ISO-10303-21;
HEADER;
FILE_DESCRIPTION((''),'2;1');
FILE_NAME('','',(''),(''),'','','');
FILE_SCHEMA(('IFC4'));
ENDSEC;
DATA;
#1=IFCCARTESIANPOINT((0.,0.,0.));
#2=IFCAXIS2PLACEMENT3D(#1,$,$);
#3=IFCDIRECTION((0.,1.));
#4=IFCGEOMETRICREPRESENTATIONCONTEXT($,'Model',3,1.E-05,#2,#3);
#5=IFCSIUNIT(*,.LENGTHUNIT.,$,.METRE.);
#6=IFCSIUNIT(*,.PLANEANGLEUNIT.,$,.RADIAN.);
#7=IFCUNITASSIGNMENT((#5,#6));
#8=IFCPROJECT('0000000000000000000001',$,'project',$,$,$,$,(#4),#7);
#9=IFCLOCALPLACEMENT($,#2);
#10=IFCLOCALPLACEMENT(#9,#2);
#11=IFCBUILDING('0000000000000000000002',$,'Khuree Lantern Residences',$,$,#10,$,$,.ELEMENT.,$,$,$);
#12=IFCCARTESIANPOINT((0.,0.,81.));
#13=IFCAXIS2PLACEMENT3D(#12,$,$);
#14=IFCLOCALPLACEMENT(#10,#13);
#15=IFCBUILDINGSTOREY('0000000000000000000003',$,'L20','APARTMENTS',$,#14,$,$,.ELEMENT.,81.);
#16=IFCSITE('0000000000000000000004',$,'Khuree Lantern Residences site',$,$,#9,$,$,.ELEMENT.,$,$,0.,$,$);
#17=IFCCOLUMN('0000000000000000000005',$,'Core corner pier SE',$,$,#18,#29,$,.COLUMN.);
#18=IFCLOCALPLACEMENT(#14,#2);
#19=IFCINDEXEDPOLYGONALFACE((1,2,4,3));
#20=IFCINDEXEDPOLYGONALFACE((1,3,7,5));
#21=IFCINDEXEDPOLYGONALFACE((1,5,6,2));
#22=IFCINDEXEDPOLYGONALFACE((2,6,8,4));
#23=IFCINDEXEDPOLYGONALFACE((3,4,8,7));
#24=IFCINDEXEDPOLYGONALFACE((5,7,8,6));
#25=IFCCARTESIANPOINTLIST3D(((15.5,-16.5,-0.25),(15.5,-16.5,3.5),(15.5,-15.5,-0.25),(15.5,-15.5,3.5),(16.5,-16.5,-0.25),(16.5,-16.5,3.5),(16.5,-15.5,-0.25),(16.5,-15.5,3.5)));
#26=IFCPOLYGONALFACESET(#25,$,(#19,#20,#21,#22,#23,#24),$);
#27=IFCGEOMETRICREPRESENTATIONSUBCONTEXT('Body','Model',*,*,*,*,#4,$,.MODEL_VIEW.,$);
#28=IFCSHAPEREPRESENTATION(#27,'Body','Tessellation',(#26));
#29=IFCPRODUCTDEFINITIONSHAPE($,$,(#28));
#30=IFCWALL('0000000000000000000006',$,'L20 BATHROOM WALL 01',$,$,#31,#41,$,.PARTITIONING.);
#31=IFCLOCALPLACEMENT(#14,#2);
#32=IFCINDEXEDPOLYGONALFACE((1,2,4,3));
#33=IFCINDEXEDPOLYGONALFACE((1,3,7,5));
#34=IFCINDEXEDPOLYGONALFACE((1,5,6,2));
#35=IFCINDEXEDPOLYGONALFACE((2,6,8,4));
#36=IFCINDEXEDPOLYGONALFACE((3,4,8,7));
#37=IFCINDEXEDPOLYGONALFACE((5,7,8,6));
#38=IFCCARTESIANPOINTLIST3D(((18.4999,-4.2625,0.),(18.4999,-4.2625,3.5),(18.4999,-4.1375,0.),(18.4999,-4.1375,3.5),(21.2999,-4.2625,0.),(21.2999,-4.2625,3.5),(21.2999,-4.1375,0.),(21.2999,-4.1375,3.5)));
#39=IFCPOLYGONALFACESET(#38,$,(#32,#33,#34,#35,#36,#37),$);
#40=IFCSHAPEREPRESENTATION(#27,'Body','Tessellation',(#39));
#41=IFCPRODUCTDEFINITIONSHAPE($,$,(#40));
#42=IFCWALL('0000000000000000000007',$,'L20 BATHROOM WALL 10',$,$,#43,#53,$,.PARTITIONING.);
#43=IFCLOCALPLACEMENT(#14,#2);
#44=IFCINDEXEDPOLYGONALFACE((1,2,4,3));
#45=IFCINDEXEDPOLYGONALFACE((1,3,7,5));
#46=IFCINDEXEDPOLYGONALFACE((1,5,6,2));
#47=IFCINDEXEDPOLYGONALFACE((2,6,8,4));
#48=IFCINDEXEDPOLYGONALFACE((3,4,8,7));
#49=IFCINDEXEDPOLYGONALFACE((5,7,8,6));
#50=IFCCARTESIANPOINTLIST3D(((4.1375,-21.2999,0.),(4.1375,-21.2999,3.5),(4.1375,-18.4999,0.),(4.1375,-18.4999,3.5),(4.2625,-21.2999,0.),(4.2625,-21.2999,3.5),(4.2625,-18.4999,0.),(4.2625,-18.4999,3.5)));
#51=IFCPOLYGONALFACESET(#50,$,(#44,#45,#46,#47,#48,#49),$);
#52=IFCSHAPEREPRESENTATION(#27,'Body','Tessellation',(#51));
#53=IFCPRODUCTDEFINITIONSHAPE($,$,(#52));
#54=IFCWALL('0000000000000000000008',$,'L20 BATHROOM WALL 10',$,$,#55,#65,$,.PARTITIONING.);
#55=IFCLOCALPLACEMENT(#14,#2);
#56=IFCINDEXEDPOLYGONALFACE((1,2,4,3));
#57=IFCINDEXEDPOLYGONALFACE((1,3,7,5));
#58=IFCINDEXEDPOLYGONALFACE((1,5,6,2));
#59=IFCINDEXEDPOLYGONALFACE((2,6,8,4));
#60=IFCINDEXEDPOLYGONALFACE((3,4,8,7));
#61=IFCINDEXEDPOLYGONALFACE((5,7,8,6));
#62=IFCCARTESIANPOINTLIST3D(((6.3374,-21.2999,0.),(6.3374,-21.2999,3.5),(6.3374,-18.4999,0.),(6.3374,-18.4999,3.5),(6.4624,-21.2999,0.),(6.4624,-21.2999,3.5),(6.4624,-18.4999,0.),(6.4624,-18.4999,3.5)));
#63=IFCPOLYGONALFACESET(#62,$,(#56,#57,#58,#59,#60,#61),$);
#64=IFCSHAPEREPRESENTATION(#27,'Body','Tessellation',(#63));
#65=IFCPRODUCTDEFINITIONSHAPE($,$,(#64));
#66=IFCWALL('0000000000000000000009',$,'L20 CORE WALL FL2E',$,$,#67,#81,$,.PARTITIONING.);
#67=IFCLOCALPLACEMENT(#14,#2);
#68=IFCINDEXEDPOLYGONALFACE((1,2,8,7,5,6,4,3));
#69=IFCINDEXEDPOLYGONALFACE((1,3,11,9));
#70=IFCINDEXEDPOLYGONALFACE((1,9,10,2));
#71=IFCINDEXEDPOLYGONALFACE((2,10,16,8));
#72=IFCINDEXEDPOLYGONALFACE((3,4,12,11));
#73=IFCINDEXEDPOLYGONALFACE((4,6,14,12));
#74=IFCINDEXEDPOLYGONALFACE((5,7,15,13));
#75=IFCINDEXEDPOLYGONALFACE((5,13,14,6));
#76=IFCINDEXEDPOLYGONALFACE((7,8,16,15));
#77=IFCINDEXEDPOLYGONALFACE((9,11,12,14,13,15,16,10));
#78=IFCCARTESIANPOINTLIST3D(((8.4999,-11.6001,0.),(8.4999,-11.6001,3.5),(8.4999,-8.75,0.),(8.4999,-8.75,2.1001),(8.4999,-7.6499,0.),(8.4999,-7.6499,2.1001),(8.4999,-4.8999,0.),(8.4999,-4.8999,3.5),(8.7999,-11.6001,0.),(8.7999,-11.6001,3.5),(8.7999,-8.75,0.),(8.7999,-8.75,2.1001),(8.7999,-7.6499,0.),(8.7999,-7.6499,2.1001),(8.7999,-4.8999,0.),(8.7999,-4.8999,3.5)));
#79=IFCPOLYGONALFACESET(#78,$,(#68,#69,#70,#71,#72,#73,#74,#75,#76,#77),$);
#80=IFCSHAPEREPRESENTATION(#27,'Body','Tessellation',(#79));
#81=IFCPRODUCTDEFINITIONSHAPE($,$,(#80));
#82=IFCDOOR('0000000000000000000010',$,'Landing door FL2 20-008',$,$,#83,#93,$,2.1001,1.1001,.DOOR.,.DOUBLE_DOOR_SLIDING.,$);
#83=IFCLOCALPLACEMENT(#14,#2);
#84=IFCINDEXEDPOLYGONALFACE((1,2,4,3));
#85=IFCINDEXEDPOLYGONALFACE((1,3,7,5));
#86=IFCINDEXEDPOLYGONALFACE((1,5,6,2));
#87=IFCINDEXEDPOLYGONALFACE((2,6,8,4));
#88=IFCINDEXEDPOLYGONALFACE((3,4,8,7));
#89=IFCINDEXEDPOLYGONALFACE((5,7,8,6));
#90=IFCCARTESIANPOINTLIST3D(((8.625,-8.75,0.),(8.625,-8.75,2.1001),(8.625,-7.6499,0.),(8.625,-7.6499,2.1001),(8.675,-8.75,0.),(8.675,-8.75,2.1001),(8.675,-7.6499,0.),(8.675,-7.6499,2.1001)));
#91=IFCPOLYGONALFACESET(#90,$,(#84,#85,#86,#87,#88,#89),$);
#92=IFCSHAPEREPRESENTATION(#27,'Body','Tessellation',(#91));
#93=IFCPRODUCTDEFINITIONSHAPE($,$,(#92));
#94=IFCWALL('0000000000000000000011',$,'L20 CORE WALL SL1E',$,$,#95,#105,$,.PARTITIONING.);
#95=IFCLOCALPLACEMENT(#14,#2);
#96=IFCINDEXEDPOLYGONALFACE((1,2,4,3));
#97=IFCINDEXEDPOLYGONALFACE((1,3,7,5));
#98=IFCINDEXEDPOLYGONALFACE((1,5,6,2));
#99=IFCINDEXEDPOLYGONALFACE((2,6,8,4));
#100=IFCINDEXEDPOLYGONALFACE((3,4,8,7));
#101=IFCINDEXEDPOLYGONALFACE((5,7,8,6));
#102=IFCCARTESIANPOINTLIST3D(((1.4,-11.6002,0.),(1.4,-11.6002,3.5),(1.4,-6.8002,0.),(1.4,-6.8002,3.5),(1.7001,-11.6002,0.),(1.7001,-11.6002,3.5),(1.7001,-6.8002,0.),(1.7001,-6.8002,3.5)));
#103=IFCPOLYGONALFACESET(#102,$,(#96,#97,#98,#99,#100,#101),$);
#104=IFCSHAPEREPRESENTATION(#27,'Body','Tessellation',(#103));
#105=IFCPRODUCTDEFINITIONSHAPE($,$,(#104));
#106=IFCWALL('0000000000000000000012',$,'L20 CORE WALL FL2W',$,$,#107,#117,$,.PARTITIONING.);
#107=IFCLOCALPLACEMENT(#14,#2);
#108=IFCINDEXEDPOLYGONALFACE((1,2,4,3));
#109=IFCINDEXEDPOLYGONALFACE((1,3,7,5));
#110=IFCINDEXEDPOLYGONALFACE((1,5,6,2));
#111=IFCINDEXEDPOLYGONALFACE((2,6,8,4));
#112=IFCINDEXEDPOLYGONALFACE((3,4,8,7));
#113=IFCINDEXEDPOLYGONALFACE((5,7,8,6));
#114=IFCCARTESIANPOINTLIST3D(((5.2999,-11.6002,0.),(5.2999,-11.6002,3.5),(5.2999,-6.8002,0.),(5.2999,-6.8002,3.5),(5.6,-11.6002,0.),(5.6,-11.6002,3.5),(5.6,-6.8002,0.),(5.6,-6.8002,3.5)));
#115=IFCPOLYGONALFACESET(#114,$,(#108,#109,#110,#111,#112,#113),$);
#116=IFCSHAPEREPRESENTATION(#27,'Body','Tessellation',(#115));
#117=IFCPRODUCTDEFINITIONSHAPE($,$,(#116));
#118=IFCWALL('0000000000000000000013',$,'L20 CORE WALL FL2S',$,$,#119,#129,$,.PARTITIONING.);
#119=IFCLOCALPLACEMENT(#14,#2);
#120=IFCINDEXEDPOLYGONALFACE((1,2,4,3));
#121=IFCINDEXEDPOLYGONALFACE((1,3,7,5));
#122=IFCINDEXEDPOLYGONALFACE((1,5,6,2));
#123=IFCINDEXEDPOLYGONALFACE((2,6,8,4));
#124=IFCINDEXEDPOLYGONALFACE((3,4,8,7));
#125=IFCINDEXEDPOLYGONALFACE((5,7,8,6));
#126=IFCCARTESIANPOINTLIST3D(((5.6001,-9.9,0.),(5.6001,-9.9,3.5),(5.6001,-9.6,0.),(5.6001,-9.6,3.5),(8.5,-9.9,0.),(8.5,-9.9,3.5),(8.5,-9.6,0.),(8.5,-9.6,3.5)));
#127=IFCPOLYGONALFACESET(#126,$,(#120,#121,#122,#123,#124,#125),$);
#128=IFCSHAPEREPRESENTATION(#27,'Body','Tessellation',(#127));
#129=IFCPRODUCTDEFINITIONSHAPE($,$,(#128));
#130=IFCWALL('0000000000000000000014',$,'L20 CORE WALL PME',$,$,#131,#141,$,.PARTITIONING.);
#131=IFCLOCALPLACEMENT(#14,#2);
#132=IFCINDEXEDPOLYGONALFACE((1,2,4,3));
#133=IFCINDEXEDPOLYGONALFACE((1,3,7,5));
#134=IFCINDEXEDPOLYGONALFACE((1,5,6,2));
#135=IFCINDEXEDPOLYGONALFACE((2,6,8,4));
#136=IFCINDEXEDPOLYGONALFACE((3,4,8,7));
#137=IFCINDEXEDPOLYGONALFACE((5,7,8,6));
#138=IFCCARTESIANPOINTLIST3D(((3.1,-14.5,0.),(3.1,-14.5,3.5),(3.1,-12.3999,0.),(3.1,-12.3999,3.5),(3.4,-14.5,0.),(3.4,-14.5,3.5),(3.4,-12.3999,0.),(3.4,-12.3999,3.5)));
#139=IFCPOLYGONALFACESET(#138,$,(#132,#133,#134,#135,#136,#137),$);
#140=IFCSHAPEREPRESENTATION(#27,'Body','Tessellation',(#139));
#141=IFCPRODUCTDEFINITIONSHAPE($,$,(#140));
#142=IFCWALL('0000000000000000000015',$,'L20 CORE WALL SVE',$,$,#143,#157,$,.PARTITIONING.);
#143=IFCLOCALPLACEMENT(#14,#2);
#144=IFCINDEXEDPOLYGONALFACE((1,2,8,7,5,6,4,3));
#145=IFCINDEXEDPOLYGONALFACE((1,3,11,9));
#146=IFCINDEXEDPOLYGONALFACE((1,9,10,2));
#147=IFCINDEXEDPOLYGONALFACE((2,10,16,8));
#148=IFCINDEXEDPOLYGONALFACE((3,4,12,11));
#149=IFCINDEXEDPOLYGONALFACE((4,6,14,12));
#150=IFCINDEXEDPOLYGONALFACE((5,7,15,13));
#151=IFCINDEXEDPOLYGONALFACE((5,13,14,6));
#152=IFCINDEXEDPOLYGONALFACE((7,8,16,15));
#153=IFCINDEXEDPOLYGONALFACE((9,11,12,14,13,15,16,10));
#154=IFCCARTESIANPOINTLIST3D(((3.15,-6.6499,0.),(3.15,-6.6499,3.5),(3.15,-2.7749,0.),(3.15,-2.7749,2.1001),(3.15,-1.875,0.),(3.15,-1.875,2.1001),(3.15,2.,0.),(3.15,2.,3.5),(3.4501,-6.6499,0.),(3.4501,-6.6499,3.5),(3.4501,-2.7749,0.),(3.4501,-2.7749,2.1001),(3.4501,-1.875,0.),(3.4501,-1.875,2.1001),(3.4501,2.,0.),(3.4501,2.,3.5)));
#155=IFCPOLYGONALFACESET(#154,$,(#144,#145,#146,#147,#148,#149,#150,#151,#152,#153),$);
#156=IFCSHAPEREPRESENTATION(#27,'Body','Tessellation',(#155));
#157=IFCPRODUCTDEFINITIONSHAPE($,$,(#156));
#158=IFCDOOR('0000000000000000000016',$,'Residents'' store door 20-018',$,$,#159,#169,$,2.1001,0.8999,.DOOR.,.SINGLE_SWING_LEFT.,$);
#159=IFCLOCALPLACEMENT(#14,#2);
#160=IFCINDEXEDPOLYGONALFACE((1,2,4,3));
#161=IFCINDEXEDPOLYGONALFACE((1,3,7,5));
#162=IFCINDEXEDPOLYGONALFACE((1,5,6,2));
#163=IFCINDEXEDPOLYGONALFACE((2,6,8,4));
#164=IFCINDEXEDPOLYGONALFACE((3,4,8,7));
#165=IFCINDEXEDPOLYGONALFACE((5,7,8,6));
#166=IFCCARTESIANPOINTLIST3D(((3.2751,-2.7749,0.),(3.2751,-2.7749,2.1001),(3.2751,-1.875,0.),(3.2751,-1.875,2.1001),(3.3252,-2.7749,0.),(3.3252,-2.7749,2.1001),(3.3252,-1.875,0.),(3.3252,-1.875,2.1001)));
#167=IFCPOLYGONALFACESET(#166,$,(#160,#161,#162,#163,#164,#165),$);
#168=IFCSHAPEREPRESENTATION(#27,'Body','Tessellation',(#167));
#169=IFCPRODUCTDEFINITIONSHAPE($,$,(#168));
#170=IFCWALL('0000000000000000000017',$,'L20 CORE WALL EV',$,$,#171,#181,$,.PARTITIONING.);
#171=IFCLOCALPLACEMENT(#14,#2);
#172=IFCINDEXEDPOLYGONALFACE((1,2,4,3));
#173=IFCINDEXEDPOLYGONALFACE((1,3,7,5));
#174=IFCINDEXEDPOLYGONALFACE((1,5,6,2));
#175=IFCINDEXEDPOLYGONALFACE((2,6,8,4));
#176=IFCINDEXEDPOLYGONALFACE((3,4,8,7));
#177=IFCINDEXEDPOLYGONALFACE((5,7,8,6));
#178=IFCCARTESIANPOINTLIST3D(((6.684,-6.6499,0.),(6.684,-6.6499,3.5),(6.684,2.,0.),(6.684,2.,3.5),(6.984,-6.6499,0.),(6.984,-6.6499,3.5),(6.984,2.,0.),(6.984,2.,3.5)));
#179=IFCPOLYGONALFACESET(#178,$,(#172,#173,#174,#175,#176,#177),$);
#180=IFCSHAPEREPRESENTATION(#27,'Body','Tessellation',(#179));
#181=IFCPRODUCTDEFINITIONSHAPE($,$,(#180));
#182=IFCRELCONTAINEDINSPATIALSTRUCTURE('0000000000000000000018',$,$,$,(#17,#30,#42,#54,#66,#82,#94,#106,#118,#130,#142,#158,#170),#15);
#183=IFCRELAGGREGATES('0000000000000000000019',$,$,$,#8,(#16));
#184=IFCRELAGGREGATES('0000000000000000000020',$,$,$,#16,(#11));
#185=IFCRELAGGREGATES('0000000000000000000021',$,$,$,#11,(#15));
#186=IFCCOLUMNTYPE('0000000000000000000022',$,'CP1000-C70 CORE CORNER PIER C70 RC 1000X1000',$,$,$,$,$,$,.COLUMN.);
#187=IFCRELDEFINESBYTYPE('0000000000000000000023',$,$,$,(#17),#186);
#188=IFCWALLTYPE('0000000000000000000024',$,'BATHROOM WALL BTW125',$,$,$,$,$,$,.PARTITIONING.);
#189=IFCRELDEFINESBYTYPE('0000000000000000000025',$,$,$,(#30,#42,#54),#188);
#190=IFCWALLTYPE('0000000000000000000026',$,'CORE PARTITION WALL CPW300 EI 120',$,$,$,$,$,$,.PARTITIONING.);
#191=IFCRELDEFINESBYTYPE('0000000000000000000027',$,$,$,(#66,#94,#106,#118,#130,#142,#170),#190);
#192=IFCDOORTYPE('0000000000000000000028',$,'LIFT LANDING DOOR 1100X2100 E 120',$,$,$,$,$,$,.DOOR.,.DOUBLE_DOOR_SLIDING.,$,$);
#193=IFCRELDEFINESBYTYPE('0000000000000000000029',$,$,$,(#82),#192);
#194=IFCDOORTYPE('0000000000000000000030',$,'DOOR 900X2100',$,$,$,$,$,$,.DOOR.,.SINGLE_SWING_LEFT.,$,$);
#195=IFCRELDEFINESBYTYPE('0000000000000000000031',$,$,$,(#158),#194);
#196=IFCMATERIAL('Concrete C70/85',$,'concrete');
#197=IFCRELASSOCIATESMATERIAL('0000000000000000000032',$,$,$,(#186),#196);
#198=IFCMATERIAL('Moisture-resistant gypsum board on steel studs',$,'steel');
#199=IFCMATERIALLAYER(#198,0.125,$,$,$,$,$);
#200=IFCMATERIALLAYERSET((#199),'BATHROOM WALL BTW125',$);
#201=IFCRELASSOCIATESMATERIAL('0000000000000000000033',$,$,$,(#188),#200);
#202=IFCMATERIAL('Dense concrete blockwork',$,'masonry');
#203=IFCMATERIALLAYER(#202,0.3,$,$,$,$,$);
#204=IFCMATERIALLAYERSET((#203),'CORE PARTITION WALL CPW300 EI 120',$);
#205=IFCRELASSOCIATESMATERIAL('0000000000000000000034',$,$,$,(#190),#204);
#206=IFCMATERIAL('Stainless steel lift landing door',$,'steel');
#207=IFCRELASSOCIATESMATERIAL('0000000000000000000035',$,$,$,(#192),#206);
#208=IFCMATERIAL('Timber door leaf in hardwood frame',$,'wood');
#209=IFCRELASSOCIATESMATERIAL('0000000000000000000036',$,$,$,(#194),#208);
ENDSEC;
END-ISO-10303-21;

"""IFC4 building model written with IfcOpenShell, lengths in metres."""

from ifc_helpers import new_model, si_unit, direction, frame, frame_2d, origin, origin_2d, place, context, subcontext, project, spatial, rectangle, extrude, material, layer, layer_set, material_profile, profile_set, type_object, element, fill, save


model = new_model("IFC4")

# Units and contexts
model_context = context("Model", 3, precision=1e-05, world=origin(), true_north=direction((0.0, 1.0)))
body_context = subcontext(model_context, "Body", "Model", "MODEL_VIEW")
ifc_project = project(units=[si_unit("LENGTHUNIT", "METRE"), si_unit("PLANEANGLEUNIT", "RADIAN")], contexts=[model_context])

# Site, building, storey
site_placement = place(None, origin())
site = spatial("IfcSite", under=ifc_project, at=site_placement, Name="Khuree Lantern Residences site", CompositionType="ELEMENT", RefElevation=0.0)
building_placement = place(site_placement, origin())
building = spatial("IfcBuilding", under=site, at=building_placement, Name="Khuree Lantern Residences", CompositionType="ELEMENT")
storey_placement = place(building_placement, frame((0.0, 0.0, 81.0)))
storey = spatial("IfcBuildingStorey", under=building, at=storey_placement, Name="L20", Description="APARTMENTS", CompositionType="ELEMENT", Elevation=81.0)

# Column
ifc_material_1 = material(Name="Concrete C70/85", Category="concrete")
ifc_material_profile = material_profile(ifc_material_1, rectangle(XDim=1.0, YDim=1.0, at=origin_2d()), Name="RC 1000X1000")
ifc_profile_set = profile_set([ifc_material_profile], Name="Concrete C70/85")
column_type = type_object("IfcColumnType", Name="CP1000-C70 CORE CORNER PIER C70 RC 1000X1000", PredefinedType="COLUMN", material=ifc_profile_set)
column_placement = place(storey_placement, frame((16.0, -16.0, -0.25), z_axis=(0.0, 0.0, 1.0), x_axis=(1.0, 0.0, 0.0)))
element("IfcColumn", 1, at=column_placement, inside=storey, type_object=column_type, Name="Core corner pier SE", PredefinedType="COLUMN", context=body_context, shape_type="SweptSolid", body=[
    extrude(rectangle(XDim=1.0, YDim=1.0, at=origin_2d()), origin(), (0.0, 0.0, 1.0), 3.75),
])

# Walls
ifc_material_2 = material(Name="Moisture-resistant gypsum board on steel studs", Category="steel")
ifc_layer_1 = layer(ifc_material_2, 0.125)
ifc_layer_set_1 = layer_set([ifc_layer_1], Name="BATHROOM WALL BTW125")
wall_type_1 = type_object("IfcWallType", Name="BATHROOM WALL BTW125", PredefinedType="PARTITIONING", material=ifc_layer_set_1)
for number, where, z_axis, x_axis, name in (
    (2, (18.5, -4.2, 0.0), (0.0, 0.0, 1.0), (1.0, 0.0, 0.0), "L20 BATHROOM WALL 01"),
    (3, (4.2, -18.5, 0.0), (0.0, 0.0, 1.0), (0.0, -1.0, 0.0), "L20 BATHROOM WALL 10"),
    (4, (6.3999, -18.5, 0.0), (0.0, 0.0, 1.0), (0.0, -1.0, 0.0), "L20 BATHROOM WALL 10"),
):
    element("IfcWall", number, at=place(storey_placement, frame(where, z_axis=z_axis, x_axis=x_axis)), inside=storey, type_object=wall_type_1, Name=name, PredefinedType="PARTITIONING", context=body_context, shape_type="SweptSolid", body=[
        extrude(rectangle(XDim=2.8, YDim=0.125, at=frame_2d((1.3999, 0.0))), origin(), (0.0, 0.0, 1.0), 3.5),
    ])

# Wall, opening, door
ifc_material_3 = material(Name="Dense concrete blockwork", Category="masonry")
ifc_layer_2 = layer(ifc_material_3, 0.3)
ifc_layer_set_2 = layer_set([ifc_layer_2], Name="CORE PARTITION WALL CPW300 EI 120")
wall_type_2 = type_object("IfcWallType", Name="CORE PARTITION WALL CPW300 EI 120", PredefinedType="PARTITIONING", material=ifc_layer_set_2)
wall_1_placement = place(storey_placement, frame((8.6499, -11.6001, 0.0), z_axis=(0.0, 0.0, 1.0), x_axis=(0.0, 1.0, 0.0)))
wall_1 = element("IfcWall", 5, at=wall_1_placement, inside=storey, type_object=wall_type_2, Name="L20 CORE WALL FL2E", PredefinedType="PARTITIONING", context=body_context, shape_type="SweptSolid", body=[
    extrude(rectangle(XDim=6.7002, YDim=0.3, at=frame_2d((3.3501, 0.0))), origin(), (0.0, 0.0, 1.0), 3.5),
])
opening_1_placement = place(wall_1_placement, frame((2.8501, 0.0, 0.0)))
opening_1 = element("IfcOpeningElement", 6, at=opening_1_placement, cuts=wall_1, PredefinedType="OPENING", context=body_context, shape_type="SweptSolid", body=[
    extrude(rectangle(XDim=1.1001, YDim=2.1001, at=frame_2d((0.55, 1.05))), frame((0.0, 0.1602, 0.0), z_axis=(0.0, -1.0, 0.0), x_axis=(1.0, 0.0, 0.0)), (0.0, 0.0, 1.0), 0.3201),
])
ifc_material_4 = material(Name="Stainless steel lift landing door", Category="steel")
door_type_1 = type_object("IfcDoorType", Name="LIFT LANDING DOOR 1100X2100 E 120", OperationType="DOUBLE_DOOR_SLIDING", PredefinedType="DOOR", material=ifc_material_4)
door_1_placement = place(opening_1_placement, origin())
door_1 = element("IfcDoor", 7, at=door_1_placement, inside=storey, type_object=door_type_1, Name="Landing door FL2 20-008", OperationType="DOUBLE_DOOR_SLIDING", OverallHeight=2.1001, OverallWidth=1.1001, PredefinedType="DOOR", context=body_context, shape_type="SweptSolid", body=[
    extrude(rectangle(XDim=1.1001, YDim=2.1001, at=frame_2d((0.55, 1.05))), frame((0.0, 0.0249, 0.0), z_axis=(0.0, -1.0, 0.0), x_axis=(1.0, 0.0, 0.0)), (0.0, 0.0, 1.0), 0.05),
])
fill(opening_1, door_1)

# Walls
for number, where, z_axis, x_axis, name in (
    (8, (1.55, -11.6001, 0.0), (0.0, 0.0, 1.0), (0.0, 1.0, 0.0), "L20 CORE WALL SL1E"),
    (9, (5.45, -11.6001, 0.0), (0.0, 0.0, 1.0), (0.0, 1.0, 0.0), "L20 CORE WALL FL2W"),
):
    element("IfcWall", number, at=place(storey_placement, frame(where, z_axis=z_axis, x_axis=x_axis)), inside=storey, type_object=wall_type_2, Name=name, PredefinedType="PARTITIONING", context=body_context, shape_type="SweptSolid", body=[
        extrude(rectangle(XDim=4.8, YDim=0.3, at=frame_2d((2.3999, 0.0))), origin(), (0.0, 0.0, 1.0), 3.5),
    ])
wall_2_placement = place(storey_placement, frame((5.6001, -9.75, 0.0), z_axis=(0.0, 0.0, 1.0), x_axis=(1.0, 0.0, 0.0)))
element("IfcWall", 10, at=wall_2_placement, inside=storey, type_object=wall_type_2, Name="L20 CORE WALL FL2S", PredefinedType="PARTITIONING", context=body_context, shape_type="SweptSolid", body=[
    extrude(rectangle(XDim=2.8999, YDim=0.3, at=frame_2d((1.45, 0.0))), origin(), (0.0, 0.0, 1.0), 3.5),
])
wall_3_placement = place(storey_placement, frame((3.25, -14.5, 0.0), z_axis=(0.0, 0.0, 1.0), x_axis=(0.0, 1.0, 0.0)))
element("IfcWall", 11, at=wall_3_placement, inside=storey, type_object=wall_type_2, Name="L20 CORE WALL PME", PredefinedType="PARTITIONING", context=body_context, shape_type="SweptSolid", body=[
    extrude(rectangle(XDim=2.1001, YDim=0.3, at=frame_2d((1.05, 0.0))), origin(), (0.0, 0.0, 1.0), 3.5),
])

# Wall, opening, door
wall_4_placement = place(storey_placement, frame((3.3, -6.6499, 0.0), z_axis=(0.0, 0.0, 1.0), x_axis=(0.0, 1.0, 0.0)))
wall_4 = element("IfcWall", 12, at=wall_4_placement, inside=storey, type_object=wall_type_2, Name="L20 CORE WALL SVE", PredefinedType="PARTITIONING", context=body_context, shape_type="SweptSolid", body=[
    extrude(rectangle(XDim=8.6499, YDim=0.3, at=frame_2d((4.325, 0.0))), origin(), (0.0, 0.0, 1.0), 3.5),
])
opening_2_placement = place(wall_4_placement, frame((3.875, 0.0, 0.0)))
opening_2 = element("IfcOpeningElement", 13, at=opening_2_placement, cuts=wall_4, PredefinedType="OPENING", context=body_context, shape_type="SweptSolid", body=[
    extrude(rectangle(XDim=0.8999, YDim=2.1001, at=frame_2d((0.45, 1.05))), frame((0.0, 0.1602, 0.0), z_axis=(0.0, -1.0, 0.0), x_axis=(1.0, 0.0, 0.0)), (0.0, 0.0, 1.0), 0.3201),
])
ifc_material_5 = material(Name="Timber door leaf in hardwood frame", Category="wood")
door_type_2 = type_object("IfcDoorType", Name="DOOR 900X2100", OperationType="SINGLE_SWING_LEFT", PredefinedType="DOOR", material=ifc_material_5)
door_2_placement = place(opening_2_placement, origin())
door_2 = element("IfcDoor", 14, at=door_2_placement, inside=storey, type_object=door_type_2, Name="Residents' store door 20-018", OperationType="SINGLE_SWING_LEFT", OverallHeight=2.1001, OverallWidth=0.8999, PredefinedType="DOOR", context=body_context, shape_type="SweptSolid", body=[
    extrude(rectangle(XDim=0.8999, YDim=2.1001, at=frame_2d((0.45, 1.05))), frame((0.0, 0.0249, 0.0), z_axis=(0.0, -1.0, 0.0), x_axis=(1.0, 0.0, 0.0)), (0.0, 0.0, 1.0), 0.05),
])
fill(opening_2, door_2)

# Wall
wall_5_placement = place(storey_placement, frame((6.834, -6.6499, 0.0), z_axis=(0.0, 0.0, 1.0), x_axis=(0.0, 1.0, 0.0)))
element("IfcWall", 15, at=wall_5_placement, inside=storey, type_object=wall_type_2, Name="L20 CORE WALL EV", PredefinedType="PARTITIONING", context=body_context, shape_type="SweptSolid", body=[
    extrude(rectangle(XDim=8.6499, YDim=0.3, at=frame_2d((4.325, 0.0))), origin(), (0.0, 0.0, 1.0), 3.5),
])

save(model, "model.ifc")
